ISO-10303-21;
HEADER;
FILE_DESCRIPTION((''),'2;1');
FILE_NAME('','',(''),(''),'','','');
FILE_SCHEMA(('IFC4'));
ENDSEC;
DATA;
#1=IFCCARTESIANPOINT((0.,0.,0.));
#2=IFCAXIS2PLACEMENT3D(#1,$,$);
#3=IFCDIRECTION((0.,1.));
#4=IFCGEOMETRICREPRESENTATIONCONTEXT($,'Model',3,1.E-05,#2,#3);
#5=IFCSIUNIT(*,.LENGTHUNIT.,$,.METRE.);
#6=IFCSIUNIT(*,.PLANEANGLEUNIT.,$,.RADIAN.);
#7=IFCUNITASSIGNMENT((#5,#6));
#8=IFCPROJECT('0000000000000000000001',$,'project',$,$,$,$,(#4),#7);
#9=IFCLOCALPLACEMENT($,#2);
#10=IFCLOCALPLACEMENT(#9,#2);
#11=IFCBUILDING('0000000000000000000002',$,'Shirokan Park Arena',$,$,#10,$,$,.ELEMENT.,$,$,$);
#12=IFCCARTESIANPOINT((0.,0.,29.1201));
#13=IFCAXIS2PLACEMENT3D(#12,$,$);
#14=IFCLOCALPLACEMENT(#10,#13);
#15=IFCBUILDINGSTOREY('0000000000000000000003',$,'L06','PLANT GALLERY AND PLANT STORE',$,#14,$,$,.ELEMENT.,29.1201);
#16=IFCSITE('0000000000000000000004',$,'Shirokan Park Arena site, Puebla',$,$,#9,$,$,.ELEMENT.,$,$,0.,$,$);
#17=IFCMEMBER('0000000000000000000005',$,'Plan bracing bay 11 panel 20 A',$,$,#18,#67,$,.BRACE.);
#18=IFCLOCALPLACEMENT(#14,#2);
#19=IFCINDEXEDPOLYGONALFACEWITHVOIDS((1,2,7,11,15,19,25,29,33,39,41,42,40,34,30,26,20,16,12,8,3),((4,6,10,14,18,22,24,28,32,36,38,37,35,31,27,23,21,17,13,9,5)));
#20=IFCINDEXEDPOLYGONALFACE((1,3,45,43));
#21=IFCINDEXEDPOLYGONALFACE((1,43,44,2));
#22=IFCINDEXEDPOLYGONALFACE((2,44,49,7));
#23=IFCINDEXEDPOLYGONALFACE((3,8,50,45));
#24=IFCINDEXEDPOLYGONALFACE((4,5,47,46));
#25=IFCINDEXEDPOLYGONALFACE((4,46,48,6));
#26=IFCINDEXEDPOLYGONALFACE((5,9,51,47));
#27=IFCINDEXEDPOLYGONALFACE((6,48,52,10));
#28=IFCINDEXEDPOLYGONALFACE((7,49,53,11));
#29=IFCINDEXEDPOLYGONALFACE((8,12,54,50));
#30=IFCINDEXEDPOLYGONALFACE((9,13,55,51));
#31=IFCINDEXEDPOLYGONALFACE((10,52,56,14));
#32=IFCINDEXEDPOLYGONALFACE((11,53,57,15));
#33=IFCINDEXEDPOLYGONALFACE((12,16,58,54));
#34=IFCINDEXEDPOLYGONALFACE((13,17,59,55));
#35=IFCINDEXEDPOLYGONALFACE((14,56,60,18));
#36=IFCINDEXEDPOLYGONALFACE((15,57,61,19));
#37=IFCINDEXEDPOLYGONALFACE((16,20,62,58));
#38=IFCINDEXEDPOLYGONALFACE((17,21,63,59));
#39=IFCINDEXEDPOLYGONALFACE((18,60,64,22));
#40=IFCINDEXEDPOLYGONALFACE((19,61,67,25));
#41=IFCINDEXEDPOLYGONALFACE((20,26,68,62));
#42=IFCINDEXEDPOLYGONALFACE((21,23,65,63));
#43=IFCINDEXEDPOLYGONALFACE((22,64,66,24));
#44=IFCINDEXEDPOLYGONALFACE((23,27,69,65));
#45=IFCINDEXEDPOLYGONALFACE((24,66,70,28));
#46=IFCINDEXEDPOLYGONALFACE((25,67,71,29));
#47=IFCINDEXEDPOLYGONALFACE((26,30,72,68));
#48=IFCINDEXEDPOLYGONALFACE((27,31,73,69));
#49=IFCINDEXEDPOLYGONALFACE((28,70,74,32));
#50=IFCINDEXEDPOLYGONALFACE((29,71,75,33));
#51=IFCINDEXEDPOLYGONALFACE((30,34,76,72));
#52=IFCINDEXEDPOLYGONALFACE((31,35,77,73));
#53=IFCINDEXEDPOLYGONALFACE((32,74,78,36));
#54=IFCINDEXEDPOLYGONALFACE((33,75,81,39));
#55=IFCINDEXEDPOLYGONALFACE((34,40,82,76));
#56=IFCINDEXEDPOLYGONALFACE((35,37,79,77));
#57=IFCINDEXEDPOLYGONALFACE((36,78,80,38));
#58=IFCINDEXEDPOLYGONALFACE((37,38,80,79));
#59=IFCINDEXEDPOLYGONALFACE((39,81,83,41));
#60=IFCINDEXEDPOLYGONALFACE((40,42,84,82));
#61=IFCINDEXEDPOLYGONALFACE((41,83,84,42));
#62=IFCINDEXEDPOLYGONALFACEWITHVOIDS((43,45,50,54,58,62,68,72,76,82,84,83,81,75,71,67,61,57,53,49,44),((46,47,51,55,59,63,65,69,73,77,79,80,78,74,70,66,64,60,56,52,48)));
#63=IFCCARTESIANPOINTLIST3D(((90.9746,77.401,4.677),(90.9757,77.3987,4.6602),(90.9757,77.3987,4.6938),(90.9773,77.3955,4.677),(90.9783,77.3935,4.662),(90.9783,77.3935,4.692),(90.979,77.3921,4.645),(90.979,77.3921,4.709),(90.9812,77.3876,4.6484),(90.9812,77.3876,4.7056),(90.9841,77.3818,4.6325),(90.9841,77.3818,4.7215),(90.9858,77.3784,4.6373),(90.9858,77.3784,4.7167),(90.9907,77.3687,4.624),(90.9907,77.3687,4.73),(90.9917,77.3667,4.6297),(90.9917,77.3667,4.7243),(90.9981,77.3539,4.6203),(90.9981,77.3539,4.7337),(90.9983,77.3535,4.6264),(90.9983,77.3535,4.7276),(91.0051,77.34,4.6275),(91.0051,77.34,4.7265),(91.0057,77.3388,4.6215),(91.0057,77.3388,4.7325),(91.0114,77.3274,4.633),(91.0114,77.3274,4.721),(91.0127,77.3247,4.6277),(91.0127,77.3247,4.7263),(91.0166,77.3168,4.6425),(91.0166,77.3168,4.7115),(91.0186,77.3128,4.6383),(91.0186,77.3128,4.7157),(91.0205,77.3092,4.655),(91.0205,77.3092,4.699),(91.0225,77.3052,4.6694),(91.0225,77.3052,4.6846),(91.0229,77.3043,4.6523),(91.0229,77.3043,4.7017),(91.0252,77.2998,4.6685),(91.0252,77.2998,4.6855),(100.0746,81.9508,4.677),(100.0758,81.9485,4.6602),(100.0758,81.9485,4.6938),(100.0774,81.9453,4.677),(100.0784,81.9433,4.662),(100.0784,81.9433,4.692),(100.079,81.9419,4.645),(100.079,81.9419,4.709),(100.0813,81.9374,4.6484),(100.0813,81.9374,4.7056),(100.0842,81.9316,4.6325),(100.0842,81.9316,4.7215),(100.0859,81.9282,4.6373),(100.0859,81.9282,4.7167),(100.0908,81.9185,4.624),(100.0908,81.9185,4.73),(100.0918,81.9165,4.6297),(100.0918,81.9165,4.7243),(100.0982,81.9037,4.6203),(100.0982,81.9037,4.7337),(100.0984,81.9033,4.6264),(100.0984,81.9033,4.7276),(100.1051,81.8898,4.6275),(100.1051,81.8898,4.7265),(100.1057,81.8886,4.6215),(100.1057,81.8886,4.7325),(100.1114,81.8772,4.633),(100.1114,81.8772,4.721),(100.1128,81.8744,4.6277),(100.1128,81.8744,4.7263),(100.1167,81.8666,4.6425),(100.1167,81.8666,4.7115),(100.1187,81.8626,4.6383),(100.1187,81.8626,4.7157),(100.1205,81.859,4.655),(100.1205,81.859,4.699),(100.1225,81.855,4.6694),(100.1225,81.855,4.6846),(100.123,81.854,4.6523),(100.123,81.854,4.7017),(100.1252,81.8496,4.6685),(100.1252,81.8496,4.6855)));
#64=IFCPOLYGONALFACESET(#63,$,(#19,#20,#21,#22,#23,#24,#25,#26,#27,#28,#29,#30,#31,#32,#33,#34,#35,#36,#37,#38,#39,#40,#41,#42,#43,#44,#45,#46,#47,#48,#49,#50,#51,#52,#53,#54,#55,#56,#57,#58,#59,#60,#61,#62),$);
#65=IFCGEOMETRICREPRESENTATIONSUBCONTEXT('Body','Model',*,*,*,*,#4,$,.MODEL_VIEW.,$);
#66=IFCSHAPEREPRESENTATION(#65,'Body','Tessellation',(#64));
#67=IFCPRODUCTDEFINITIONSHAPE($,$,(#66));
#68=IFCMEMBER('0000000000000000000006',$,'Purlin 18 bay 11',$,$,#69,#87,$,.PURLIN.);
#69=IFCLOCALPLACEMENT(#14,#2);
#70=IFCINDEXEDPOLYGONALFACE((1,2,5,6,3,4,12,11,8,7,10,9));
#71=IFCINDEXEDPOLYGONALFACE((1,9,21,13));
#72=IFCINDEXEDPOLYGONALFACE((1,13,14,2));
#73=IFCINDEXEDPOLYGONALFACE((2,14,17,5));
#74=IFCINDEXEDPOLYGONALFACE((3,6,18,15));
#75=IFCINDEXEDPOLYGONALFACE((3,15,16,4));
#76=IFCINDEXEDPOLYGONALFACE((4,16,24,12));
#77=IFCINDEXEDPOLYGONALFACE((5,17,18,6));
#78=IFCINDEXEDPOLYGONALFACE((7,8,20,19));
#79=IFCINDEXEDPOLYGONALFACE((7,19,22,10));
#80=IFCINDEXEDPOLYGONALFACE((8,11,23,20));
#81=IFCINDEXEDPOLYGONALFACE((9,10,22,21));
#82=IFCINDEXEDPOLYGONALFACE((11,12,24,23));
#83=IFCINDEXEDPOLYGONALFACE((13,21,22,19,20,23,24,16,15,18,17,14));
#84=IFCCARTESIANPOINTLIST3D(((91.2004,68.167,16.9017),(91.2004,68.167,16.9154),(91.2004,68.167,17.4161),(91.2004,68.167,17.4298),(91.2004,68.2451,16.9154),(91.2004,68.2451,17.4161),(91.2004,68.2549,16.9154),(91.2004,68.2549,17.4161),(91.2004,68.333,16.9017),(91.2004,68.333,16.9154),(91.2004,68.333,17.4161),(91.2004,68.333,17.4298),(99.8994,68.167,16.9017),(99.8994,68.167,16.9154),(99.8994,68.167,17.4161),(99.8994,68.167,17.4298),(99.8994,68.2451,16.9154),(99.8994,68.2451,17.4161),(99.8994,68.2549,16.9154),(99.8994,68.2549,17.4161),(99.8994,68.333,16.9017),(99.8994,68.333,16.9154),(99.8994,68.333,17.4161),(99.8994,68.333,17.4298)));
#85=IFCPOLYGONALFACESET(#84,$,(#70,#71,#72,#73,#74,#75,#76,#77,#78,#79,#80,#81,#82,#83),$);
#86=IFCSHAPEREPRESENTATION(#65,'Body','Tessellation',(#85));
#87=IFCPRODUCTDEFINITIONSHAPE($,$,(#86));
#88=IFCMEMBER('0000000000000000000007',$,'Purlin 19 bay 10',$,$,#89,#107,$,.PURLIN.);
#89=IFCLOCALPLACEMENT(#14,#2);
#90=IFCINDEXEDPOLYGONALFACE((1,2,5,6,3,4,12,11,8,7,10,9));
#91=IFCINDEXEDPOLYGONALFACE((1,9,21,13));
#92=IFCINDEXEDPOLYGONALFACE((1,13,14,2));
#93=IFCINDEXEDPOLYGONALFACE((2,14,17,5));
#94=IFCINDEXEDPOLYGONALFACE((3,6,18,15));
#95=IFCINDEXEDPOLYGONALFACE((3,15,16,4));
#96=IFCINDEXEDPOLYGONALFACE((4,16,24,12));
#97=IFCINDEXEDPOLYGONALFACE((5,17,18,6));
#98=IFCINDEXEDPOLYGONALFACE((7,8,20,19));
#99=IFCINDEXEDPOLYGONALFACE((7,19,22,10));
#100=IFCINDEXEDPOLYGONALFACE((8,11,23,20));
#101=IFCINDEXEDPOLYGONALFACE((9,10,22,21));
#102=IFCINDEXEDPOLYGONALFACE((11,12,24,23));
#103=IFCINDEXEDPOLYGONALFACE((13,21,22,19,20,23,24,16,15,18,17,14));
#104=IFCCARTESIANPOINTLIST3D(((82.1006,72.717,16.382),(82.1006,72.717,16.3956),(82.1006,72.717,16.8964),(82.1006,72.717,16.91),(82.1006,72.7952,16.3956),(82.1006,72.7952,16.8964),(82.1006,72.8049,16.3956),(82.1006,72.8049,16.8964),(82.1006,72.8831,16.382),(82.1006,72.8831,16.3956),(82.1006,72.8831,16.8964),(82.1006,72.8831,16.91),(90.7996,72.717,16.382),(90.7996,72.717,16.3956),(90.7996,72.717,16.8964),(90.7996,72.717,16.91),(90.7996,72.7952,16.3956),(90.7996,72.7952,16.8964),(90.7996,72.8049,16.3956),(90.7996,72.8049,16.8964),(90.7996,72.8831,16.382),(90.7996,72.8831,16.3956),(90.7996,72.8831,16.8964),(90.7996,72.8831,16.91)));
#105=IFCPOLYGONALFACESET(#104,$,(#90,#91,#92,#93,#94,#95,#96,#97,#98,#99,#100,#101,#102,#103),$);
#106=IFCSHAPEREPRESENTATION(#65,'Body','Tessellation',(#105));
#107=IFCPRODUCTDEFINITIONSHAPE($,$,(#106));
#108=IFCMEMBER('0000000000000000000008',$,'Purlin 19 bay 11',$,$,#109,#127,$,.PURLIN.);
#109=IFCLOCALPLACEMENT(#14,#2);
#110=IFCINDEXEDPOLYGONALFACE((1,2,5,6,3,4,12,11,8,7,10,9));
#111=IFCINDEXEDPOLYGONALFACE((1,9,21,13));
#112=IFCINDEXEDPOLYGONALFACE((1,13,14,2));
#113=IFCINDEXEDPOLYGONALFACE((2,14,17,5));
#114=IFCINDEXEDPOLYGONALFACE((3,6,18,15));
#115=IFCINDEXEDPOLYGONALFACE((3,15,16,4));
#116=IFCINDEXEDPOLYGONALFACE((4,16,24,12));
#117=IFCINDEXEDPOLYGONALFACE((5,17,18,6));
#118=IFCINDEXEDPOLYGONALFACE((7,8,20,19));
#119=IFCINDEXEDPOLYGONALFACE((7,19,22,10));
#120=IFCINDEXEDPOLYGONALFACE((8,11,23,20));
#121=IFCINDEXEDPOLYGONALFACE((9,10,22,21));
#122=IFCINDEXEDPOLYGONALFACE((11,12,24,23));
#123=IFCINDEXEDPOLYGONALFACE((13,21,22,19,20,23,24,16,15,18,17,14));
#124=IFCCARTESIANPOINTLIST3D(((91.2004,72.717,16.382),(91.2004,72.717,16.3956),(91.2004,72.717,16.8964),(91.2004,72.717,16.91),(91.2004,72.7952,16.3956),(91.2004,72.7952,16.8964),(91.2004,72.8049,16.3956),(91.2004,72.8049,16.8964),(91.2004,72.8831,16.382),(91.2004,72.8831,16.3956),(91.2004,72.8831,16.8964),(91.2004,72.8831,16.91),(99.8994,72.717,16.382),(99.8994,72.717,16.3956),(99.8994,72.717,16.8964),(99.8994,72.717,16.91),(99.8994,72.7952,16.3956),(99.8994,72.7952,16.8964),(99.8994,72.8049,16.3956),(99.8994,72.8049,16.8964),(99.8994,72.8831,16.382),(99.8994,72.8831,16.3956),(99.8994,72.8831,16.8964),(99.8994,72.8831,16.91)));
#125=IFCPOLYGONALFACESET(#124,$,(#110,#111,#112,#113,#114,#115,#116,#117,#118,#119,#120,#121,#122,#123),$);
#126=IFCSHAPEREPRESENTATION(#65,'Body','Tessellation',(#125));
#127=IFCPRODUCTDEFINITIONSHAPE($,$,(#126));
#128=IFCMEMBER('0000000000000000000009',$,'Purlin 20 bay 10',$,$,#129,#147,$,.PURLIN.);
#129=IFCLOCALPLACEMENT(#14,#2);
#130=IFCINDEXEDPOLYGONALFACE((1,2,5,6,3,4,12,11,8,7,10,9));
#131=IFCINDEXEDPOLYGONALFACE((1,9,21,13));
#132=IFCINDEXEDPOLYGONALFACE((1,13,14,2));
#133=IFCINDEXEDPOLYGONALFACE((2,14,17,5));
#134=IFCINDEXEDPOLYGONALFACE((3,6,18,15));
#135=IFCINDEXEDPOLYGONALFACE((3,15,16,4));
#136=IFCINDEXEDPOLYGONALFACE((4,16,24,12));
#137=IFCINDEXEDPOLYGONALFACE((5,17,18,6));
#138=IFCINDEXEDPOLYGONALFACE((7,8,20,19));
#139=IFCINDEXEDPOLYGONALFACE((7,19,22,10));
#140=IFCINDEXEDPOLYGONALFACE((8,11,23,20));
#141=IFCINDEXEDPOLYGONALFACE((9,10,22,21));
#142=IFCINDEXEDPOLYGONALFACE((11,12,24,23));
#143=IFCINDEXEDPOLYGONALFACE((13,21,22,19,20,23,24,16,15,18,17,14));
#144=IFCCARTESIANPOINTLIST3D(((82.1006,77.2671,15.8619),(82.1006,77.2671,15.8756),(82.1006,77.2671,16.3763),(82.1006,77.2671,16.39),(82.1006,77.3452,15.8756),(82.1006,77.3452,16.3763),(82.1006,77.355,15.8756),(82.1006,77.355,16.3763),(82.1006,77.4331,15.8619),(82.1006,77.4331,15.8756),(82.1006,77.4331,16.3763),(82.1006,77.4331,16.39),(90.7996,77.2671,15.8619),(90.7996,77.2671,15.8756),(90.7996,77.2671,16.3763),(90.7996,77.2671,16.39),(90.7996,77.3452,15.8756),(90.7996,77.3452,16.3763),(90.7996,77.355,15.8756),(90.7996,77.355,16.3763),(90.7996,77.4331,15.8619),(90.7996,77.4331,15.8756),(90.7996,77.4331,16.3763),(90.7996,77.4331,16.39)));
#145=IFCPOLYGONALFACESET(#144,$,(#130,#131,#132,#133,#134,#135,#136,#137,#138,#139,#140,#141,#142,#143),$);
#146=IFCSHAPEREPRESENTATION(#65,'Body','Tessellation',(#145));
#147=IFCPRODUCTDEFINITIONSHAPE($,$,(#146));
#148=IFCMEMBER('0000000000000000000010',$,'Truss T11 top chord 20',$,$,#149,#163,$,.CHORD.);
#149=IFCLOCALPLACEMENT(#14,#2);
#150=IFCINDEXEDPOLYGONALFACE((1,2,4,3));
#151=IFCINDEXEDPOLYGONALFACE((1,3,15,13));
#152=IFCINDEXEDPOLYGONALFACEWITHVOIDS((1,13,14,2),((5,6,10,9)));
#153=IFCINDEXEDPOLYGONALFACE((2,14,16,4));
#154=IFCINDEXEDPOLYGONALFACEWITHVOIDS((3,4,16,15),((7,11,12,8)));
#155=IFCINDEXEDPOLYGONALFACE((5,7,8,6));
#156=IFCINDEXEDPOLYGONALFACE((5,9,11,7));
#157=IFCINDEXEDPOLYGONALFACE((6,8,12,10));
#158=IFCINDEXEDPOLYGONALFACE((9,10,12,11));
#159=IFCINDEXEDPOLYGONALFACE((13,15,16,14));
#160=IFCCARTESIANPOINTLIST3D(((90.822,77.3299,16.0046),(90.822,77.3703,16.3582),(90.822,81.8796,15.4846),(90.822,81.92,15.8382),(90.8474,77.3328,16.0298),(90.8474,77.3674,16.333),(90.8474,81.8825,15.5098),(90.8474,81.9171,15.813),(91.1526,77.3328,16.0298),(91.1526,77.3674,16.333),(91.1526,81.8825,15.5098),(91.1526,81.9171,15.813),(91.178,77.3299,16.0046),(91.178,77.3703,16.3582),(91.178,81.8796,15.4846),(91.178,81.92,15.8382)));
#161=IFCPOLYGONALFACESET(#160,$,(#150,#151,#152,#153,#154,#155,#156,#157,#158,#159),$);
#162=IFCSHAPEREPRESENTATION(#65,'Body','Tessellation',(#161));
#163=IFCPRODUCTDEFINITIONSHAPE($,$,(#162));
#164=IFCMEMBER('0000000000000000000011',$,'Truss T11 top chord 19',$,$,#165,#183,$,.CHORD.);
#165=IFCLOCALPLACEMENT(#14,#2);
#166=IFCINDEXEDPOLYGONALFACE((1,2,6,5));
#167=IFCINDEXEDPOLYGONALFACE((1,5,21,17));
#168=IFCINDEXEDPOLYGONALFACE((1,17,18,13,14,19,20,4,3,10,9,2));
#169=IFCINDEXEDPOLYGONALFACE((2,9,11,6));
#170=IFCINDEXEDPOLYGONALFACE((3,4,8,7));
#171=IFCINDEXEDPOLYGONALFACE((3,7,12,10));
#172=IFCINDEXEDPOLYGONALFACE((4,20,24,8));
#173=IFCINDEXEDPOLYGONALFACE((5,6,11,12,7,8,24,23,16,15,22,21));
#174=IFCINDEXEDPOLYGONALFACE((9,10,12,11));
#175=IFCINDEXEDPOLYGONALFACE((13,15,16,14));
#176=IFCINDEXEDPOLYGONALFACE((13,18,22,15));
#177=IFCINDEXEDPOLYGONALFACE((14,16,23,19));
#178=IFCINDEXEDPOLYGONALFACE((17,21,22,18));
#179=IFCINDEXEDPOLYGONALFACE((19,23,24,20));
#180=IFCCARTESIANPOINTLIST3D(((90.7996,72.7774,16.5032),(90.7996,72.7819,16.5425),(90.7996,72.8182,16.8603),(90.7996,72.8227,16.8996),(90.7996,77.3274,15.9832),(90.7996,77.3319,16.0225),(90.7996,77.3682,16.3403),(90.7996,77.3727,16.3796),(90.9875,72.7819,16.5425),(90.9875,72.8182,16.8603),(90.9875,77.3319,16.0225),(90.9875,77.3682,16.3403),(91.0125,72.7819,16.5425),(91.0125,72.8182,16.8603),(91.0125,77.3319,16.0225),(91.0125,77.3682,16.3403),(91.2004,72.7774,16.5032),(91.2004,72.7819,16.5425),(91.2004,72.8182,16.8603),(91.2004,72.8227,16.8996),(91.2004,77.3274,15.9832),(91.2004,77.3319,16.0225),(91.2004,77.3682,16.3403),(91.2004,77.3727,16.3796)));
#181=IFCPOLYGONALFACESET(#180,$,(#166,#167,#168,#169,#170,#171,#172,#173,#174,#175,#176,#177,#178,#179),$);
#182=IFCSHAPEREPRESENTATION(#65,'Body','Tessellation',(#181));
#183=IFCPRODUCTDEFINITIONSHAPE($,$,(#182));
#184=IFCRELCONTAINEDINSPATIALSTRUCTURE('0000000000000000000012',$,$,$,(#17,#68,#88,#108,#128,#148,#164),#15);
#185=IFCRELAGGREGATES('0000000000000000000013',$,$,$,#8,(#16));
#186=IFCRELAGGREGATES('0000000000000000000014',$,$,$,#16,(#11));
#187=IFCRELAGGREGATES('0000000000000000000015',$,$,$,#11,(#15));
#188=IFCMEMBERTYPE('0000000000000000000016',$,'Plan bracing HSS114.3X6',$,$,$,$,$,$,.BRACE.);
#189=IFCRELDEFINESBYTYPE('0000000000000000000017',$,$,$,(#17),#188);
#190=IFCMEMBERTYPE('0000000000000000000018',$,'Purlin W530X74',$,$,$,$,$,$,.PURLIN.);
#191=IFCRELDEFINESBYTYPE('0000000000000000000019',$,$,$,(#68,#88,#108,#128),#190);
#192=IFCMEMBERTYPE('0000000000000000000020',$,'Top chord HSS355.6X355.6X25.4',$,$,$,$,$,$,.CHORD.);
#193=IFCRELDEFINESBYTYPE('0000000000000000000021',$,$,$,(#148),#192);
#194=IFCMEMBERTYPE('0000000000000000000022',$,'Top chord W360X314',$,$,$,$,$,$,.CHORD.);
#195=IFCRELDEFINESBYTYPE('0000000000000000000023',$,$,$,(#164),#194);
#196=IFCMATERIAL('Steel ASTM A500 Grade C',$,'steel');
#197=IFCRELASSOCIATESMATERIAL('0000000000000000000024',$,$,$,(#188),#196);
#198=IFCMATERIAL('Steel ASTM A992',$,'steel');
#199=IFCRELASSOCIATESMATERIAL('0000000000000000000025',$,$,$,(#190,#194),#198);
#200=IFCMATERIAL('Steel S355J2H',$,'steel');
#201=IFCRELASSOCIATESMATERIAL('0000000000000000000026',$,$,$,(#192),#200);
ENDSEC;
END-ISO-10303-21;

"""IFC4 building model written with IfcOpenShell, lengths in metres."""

from ifc_helpers import new_model, si_unit, direction, frame, origin, origin_2d, place, context, subcontext, project, spatial, hollow_rectangle, hollow_circle, i_section, extrude, material, material_profile, profile_set, type_object, element, save


model = new_model("IFC4")

# Units and contexts
model_context = context("Model", 3, precision=1e-05, world=origin(), true_north=direction((0.0, 1.0)))
body_context = subcontext(model_context, "Body", "Model", "MODEL_VIEW")
ifc_project = project(units=[si_unit("LENGTHUNIT", "METRE"), si_unit("PLANEANGLEUNIT", "RADIAN")], contexts=[model_context])

# Site, building, storey
site_placement = place(None, origin())
site = spatial("IfcSite", under=ifc_project, at=site_placement, Name="Shirokan Park Arena site, Puebla", CompositionType="ELEMENT", RefElevation=0.0)
building_placement = place(site_placement, origin())
building = spatial("IfcBuilding", under=site, at=building_placement, Name="Shirokan Park Arena", CompositionType="ELEMENT")
storey_placement = place(building_placement, frame((0.0, 0.0, 29.1201)))
storey = spatial("IfcBuildingStorey", under=building, at=storey_placement, Name="L06", Description="PLANT GALLERY AND PLANT STORE", CompositionType="ELEMENT", Elevation=29.1201)

# Members
ifc_material_1 = material(Name="Steel S355J2H", Category="steel")
ifc_material_2 = material(Name="Steel ASTM A992", Category="steel")
ifc_material_3 = material(Name="Steel ASTM A500 Grade C", Category="steel")
ifc_material_profile_1 = material_profile(ifc_material_3, hollow_circle(Radius=0.0569, WallThickness=0.0061, at=origin_2d()), Name="HSS114.3X6")
ifc_profile_set_1 = profile_set([ifc_material_profile_1], Name="Steel ASTM A500 Grade C")
member_type_1 = type_object("IfcMemberType", Name="Plan bracing HSS114.3X6", PredefinedType="BRACE", material=ifc_profile_set_1)
member_1_placement = place(storey_placement, frame((91.0, 77.3501, 4.677), z_axis=(0.894437, 0.447194, 0.0), x_axis=(-0.447194, 0.894437, 0.0)))
element("IfcMember", 1, at=member_1_placement, inside=storey, type_object=member_type_1, Name="Plan bracing bay 11 panel 20 A", PredefinedType="BRACE", context=body_context, shape_type="SweptSolid", body=[
    extrude(hollow_circle(Radius=0.0569, WallThickness=0.0061, at=origin_2d()), origin(), (0.0, 0.0, 1.0), 10.1741),
])
ifc_material_profile_2 = material_profile(ifc_material_2, i_section(OverallWidth=0.166, OverallDepth=0.5281, WebThickness=0.0098, FlangeThickness=0.0137, at=origin_2d()), Name="W530X74")
ifc_profile_set_2 = profile_set([ifc_material_profile_2], Name="Steel ASTM A992")
member_type_2 = type_object("IfcMemberType", Name="Purlin W530X74", PredefinedType="PURLIN", material=ifc_profile_set_2)
for number, where, z_axis, x_axis, name in (
    (2, (91.2004, 68.25, 17.1658), (1.0, 0.0, 0.0), (0.0, 1.0, 0.0), "Purlin 18 bay 11"),
    (3, (82.1006, 72.8, 16.646), (1.0, 0.0, 0.0), (0.0, 1.0, 0.0), "Purlin 19 bay 10"),
    (4, (91.2004, 72.8, 16.646), (1.0, 0.0, 0.0), (0.0, 1.0, 0.0), "Purlin 19 bay 11"),
    (5, (82.1006, 77.3501, 16.126), (1.0, 0.0, 0.0), (0.0, 1.0, 0.0), "Purlin 20 bay 10"),
):
    element("IfcMember", number, at=place(storey_placement, frame(where, z_axis=z_axis, x_axis=x_axis)), inside=storey, type_object=member_type_2, Name=name, PredefinedType="PURLIN", context=body_context, shape_type="SweptSolid", body=[
        extrude(i_section(OverallWidth=0.166, OverallDepth=0.5281, WebThickness=0.0098, FlangeThickness=0.0137, at=origin_2d()), origin(), (0.0, 0.0, 1.0), 8.699),
    ])
ifc_material_profile_3 = material_profile(ifc_material_1, hollow_rectangle(XDim=0.356, YDim=0.356, WallThickness=0.0254, at=origin_2d()), Name="HSS355.6X355.6X25.4")
ifc_profile_set_3 = profile_set([ifc_material_profile_3], Name="Steel S355J2H")
member_type_3 = type_object("IfcMemberType", Name="Top chord HSS355.6X355.6X25.4", PredefinedType="CHORD", material=ifc_profile_set_3)
member_2_placement = place(storey_placement, frame((91.0, 77.3501, 16.1814), z_axis=(0.0, 0.993532, -0.113556), x_axis=(-1.0, 0.0, 0.0)))
element("IfcMember", 6, at=member_2_placement, inside=storey, type_object=member_type_3, Name="Truss T11 top chord 20", PredefinedType="CHORD", context=body_context, shape_type="SweptSolid", body=[
    extrude(hollow_rectangle(XDim=0.356, YDim=0.356, WallThickness=0.0254, at=origin_2d()), origin(), (0.0, 0.0, 1.0), 4.5793),
])
ifc_material_profile_4 = material_profile(ifc_material_2, i_section(OverallWidth=0.4009, OverallDepth=0.3989, WebThickness=0.0249, FlangeThickness=0.0396, at=origin_2d()), Name="W360X314")
ifc_profile_set_4 = profile_set([ifc_material_profile_4], Name="Steel ASTM A992")
member_type_4 = type_object("IfcMemberType", Name="Top chord W360X314", PredefinedType="CHORD", material=ifc_profile_set_4)
member_3_placement = place(storey_placement, frame((91.0, 72.8, 16.7014), z_axis=(0.0, 0.993532, -0.11355), x_axis=(-1.0, 0.0, 0.0)))
element("IfcMember", 7, at=member_3_placement, inside=storey, type_object=member_type_4, Name="Truss T11 top chord 19", PredefinedType="CHORD", context=body_context, shape_type="SweptSolid", body=[
    extrude(i_section(OverallWidth=0.4009, OverallDepth=0.3989, WebThickness=0.0249, FlangeThickness=0.0396, at=origin_2d()), origin(), (0.0, 0.0, 1.0), 4.5796),
])

save(model, "model.ifc")
